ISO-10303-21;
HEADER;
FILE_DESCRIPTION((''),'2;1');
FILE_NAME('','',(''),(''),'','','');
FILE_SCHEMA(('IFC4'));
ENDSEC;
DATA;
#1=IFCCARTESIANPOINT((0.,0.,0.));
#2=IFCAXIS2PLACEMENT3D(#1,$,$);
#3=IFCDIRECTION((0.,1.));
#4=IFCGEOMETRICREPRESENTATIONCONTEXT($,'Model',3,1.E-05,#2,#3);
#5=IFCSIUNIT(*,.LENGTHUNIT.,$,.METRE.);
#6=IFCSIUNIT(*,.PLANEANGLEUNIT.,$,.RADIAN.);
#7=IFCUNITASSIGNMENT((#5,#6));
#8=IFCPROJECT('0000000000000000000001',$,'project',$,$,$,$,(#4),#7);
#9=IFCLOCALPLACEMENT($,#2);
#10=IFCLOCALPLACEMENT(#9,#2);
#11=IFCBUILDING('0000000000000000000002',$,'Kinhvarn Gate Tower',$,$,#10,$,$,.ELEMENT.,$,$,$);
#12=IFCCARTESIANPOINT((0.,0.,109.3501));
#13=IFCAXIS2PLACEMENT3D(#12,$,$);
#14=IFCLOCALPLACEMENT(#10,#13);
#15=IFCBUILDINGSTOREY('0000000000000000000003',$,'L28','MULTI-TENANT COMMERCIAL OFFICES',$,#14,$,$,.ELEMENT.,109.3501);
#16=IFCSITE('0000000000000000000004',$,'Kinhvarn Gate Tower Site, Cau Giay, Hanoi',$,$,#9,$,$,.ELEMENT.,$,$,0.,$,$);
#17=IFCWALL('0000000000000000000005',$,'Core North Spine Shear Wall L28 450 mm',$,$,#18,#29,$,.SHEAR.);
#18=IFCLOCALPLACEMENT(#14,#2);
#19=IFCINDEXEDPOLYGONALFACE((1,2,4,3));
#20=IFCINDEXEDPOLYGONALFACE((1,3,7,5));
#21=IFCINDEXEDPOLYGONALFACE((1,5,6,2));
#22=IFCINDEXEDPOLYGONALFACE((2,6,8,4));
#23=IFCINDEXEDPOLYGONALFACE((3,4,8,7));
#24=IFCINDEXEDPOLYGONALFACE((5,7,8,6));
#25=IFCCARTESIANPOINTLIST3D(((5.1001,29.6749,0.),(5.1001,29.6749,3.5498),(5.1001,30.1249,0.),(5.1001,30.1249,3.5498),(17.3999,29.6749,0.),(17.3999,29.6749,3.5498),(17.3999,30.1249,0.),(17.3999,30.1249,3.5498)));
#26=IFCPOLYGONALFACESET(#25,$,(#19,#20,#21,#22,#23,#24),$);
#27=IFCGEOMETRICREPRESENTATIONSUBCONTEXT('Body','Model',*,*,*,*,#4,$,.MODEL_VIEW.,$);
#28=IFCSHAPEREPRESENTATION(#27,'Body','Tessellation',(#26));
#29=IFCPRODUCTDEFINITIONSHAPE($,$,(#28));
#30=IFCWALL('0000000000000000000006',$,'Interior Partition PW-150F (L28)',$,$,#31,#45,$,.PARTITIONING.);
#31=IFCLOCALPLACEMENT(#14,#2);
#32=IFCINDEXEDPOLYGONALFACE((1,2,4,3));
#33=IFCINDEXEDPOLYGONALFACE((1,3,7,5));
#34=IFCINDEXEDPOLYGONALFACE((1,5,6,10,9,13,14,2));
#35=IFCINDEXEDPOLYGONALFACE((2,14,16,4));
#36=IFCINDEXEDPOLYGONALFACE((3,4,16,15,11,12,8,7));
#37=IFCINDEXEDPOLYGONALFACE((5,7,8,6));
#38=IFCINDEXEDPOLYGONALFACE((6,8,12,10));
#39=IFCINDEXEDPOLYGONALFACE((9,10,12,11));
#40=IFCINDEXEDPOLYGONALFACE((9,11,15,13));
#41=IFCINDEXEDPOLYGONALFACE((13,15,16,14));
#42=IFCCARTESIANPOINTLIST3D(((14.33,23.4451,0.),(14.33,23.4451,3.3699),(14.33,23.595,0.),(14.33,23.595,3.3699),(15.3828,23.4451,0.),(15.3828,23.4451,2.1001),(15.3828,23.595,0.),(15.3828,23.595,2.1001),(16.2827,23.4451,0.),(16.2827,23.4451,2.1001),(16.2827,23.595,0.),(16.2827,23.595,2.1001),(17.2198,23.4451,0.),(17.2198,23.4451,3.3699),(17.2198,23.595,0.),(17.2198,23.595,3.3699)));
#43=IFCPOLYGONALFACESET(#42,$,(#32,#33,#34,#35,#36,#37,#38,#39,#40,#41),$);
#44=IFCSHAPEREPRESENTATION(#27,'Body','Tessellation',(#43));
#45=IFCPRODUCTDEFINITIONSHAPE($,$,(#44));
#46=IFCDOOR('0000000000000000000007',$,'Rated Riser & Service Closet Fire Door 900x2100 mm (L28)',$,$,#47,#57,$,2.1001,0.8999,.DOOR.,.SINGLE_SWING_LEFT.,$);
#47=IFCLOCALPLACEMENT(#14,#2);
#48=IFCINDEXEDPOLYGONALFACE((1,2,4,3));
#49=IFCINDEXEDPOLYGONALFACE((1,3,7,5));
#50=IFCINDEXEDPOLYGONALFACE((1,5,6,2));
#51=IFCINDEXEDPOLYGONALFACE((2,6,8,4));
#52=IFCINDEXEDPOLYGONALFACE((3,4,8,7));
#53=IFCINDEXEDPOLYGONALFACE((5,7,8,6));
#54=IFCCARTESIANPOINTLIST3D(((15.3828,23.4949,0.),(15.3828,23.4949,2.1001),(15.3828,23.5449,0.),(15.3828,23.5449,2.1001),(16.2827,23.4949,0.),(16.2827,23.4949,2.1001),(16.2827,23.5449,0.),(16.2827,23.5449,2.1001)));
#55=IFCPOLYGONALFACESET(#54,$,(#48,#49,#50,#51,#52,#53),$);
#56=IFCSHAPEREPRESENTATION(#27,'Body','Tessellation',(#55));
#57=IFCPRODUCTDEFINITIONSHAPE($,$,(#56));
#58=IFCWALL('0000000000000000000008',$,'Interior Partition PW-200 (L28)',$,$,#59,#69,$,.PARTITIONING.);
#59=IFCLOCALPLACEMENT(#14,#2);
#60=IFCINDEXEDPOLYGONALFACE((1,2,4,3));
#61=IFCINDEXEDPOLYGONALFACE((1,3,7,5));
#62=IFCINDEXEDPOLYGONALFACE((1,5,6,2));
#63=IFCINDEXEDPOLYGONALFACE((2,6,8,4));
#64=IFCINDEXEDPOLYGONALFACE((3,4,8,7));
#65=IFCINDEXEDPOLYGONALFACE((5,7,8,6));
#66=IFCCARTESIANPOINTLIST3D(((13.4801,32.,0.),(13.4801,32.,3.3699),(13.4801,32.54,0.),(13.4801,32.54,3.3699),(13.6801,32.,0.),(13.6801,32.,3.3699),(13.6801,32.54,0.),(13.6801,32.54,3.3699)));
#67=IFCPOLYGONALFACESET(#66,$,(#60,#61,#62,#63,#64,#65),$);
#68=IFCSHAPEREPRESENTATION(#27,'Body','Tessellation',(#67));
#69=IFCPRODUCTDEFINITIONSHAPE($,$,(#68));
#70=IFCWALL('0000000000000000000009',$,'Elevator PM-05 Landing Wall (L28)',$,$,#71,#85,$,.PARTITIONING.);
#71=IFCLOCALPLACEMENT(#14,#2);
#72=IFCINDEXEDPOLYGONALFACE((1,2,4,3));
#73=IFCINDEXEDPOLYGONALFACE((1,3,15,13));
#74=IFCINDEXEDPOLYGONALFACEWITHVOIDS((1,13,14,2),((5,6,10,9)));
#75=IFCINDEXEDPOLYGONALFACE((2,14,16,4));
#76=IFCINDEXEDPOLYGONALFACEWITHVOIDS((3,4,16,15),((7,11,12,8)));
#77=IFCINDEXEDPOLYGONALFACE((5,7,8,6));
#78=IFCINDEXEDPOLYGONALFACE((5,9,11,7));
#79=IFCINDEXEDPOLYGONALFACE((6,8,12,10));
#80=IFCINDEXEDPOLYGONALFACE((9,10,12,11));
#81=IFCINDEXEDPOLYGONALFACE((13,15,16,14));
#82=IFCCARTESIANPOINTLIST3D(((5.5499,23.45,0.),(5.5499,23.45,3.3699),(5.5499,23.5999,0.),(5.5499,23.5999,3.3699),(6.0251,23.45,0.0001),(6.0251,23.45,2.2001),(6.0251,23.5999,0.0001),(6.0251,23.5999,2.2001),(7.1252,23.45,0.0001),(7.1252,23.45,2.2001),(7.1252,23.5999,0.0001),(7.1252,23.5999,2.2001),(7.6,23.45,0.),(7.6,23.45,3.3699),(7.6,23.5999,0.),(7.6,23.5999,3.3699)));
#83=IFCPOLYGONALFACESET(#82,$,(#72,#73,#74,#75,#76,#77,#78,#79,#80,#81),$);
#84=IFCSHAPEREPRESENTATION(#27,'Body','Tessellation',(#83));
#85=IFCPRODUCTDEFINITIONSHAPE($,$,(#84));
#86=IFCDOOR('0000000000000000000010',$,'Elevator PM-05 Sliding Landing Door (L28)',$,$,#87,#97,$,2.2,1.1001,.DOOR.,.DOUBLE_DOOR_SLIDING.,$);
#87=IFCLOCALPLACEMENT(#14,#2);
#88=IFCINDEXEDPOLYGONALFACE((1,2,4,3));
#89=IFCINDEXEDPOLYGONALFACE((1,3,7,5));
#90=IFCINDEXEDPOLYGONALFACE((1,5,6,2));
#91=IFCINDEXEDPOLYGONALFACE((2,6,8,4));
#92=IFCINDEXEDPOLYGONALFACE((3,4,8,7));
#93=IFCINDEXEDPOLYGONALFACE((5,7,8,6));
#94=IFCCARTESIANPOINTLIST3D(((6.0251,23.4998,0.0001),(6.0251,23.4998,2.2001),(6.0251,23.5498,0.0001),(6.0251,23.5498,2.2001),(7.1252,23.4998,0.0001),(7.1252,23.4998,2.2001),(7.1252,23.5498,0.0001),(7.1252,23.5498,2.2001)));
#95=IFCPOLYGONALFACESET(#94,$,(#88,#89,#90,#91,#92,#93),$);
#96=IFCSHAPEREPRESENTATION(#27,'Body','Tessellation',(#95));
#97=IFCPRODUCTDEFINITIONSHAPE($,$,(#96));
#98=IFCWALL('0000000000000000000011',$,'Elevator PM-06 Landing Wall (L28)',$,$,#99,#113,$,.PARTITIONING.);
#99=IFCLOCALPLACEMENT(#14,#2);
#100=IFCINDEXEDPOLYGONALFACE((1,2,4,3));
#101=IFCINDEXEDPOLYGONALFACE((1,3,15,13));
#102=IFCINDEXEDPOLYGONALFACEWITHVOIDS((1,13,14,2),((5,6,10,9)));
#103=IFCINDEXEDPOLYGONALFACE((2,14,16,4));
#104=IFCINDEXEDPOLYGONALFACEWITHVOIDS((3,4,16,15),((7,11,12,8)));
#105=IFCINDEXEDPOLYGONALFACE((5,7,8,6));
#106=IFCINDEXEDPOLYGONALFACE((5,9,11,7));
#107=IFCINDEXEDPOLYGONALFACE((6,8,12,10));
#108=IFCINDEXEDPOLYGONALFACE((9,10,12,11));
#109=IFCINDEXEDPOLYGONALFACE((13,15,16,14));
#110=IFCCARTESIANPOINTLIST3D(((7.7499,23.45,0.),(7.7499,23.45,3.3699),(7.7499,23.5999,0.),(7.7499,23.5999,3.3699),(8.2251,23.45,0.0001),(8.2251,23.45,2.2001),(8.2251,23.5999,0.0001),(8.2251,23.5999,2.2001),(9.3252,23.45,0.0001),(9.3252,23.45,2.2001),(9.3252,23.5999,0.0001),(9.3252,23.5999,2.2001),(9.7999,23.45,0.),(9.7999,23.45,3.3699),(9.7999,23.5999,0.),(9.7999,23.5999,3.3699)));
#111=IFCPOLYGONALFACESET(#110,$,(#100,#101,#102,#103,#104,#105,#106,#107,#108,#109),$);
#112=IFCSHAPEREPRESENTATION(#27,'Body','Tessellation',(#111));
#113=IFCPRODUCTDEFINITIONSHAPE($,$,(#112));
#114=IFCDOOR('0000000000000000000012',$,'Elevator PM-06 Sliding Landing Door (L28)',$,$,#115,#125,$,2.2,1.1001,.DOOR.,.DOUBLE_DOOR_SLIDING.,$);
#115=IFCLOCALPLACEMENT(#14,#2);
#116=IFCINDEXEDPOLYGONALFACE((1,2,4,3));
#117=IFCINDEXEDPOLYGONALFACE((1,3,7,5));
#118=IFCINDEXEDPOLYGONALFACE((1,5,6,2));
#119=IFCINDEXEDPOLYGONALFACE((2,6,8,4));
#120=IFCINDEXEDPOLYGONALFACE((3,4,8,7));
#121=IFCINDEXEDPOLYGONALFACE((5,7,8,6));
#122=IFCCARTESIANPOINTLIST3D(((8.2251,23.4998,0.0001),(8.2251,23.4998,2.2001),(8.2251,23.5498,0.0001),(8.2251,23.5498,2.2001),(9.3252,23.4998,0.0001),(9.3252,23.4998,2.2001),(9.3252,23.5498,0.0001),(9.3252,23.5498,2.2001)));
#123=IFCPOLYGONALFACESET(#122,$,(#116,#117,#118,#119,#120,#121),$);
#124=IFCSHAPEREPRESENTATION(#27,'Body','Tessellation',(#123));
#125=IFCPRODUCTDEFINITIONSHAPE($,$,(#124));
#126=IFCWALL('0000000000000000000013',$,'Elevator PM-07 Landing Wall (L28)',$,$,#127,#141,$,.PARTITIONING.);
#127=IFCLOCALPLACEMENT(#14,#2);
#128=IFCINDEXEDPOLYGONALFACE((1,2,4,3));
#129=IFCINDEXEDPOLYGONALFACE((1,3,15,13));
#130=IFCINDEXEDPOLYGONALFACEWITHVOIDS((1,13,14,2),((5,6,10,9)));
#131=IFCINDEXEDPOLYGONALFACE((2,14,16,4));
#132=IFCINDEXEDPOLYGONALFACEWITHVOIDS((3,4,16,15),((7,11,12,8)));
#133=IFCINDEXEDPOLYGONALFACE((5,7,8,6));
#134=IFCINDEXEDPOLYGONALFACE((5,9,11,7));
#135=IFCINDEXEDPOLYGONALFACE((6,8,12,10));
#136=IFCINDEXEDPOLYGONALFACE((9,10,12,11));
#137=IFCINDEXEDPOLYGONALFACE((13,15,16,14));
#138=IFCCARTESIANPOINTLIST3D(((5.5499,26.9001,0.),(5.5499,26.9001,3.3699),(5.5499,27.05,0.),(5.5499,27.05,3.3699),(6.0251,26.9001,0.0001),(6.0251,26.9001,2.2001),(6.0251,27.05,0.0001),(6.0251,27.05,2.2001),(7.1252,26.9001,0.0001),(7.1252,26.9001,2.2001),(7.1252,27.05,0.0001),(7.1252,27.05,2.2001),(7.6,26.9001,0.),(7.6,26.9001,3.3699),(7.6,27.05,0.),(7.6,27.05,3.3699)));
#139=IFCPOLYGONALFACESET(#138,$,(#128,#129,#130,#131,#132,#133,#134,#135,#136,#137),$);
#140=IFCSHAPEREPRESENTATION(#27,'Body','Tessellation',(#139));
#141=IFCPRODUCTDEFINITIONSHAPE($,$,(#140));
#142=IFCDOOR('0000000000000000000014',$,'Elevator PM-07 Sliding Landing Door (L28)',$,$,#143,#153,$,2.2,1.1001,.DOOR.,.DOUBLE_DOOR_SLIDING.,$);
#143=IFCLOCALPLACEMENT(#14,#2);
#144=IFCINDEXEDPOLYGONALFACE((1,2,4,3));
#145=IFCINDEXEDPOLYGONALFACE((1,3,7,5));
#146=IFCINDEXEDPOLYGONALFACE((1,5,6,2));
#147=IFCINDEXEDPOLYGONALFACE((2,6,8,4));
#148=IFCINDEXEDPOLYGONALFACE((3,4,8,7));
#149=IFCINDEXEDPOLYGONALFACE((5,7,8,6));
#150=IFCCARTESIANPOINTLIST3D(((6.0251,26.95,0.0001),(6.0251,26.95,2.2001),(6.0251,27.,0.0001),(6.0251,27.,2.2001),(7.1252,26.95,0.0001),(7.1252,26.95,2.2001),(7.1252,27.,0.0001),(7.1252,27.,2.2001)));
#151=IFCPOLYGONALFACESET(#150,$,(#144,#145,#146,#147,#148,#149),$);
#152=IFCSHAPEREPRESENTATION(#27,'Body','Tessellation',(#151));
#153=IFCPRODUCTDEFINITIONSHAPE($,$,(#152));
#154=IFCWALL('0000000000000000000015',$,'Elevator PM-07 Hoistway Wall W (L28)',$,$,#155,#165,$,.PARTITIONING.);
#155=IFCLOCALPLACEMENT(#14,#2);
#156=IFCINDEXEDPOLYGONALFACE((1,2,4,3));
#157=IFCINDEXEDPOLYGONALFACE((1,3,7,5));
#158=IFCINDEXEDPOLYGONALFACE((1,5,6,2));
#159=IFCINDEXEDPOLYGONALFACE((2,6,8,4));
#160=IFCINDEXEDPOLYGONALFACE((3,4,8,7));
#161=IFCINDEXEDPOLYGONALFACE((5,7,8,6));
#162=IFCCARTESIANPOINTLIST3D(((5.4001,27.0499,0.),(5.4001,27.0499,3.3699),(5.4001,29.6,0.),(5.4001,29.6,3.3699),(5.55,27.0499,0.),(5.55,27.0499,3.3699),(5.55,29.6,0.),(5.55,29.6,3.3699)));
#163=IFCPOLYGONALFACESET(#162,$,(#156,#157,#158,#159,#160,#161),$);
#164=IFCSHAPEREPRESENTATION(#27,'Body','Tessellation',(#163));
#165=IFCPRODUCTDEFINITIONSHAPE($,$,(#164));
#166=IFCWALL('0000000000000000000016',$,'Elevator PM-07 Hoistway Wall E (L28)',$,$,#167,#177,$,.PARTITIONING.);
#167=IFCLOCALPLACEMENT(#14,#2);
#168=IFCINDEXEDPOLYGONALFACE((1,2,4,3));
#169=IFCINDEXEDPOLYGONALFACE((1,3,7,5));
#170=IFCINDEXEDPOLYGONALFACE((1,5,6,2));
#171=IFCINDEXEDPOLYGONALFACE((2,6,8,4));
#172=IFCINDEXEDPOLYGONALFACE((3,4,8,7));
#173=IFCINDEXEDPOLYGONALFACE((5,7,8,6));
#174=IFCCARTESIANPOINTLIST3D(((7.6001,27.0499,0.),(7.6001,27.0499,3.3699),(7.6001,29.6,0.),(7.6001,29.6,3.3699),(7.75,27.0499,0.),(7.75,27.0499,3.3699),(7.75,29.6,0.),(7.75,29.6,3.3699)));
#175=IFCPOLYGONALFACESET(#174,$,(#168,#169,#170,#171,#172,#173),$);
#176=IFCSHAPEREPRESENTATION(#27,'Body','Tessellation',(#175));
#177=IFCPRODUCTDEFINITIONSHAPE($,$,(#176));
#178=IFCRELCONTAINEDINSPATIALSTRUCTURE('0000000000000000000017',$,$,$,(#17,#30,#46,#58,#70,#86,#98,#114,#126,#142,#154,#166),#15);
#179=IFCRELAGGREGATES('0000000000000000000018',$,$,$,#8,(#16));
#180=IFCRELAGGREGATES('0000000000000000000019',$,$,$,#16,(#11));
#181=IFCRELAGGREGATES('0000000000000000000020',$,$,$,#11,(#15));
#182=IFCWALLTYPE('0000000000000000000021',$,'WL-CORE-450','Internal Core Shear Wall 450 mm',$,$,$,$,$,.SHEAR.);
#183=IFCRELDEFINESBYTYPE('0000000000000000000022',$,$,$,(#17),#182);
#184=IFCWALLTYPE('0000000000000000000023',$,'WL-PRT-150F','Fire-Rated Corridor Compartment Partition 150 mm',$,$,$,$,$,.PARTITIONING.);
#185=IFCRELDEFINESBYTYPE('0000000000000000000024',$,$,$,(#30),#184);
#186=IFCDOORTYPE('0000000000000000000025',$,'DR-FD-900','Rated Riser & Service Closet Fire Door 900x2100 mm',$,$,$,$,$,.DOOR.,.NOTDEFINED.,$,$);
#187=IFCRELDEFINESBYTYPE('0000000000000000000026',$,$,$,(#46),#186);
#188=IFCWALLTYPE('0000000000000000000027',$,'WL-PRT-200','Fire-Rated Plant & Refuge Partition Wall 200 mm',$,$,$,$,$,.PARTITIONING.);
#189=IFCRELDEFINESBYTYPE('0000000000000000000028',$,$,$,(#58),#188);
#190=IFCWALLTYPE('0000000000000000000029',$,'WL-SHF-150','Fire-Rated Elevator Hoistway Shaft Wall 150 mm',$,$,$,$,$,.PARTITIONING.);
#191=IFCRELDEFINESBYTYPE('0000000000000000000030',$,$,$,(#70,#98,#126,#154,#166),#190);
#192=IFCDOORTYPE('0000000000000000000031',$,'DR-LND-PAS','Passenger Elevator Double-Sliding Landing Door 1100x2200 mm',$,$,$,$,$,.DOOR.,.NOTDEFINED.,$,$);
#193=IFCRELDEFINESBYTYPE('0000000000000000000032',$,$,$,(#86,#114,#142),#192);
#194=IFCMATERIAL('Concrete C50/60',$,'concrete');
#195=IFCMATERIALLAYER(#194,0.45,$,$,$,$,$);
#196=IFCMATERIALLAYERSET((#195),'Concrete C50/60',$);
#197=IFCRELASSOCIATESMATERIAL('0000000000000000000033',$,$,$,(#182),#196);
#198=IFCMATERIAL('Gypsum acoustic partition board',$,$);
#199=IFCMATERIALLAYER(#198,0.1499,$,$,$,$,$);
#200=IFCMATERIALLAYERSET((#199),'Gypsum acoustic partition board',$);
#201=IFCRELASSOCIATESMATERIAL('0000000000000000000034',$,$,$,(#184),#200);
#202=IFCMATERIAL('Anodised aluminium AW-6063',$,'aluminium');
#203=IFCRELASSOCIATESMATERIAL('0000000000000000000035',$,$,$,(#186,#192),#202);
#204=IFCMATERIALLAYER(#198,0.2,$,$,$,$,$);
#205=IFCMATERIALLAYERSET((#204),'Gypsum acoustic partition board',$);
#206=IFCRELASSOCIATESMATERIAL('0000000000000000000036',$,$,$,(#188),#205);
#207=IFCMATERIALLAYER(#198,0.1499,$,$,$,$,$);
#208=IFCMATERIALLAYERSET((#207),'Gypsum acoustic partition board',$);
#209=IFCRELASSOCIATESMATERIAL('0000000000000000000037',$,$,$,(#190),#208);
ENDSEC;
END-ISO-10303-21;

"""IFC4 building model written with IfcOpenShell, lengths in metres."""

from ifc_helpers import new_model, si_unit, direction, frame, frame_2d, origin, place, context, subcontext, project, spatial, rectangle, extrude, material, layer, layer_set, type_object, element, fill, save


model = new_model("IFC4")

# Units and contexts
model_context = context("Model", 3, precision=1e-05, world=origin(), true_north=direction((0.0, 1.0)))
body_context = subcontext(model_context, "Body", "Model", "MODEL_VIEW")
ifc_project = project(units=[si_unit("LENGTHUNIT", "METRE"), si_unit("PLANEANGLEUNIT", "RADIAN")], contexts=[model_context])

# Site, building, storey
site_placement = place(None, origin())
site = spatial("IfcSite", under=ifc_project, at=site_placement, Name="Kinhvarn Gate Tower Site, Cau Giay, Hanoi", CompositionType="ELEMENT", RefElevation=0.0)
building_placement = place(site_placement, origin())
building = spatial("IfcBuilding", under=site, at=building_placement, Name="Kinhvarn Gate Tower", CompositionType="ELEMENT")
storey_placement = place(building_placement, frame((0.0, 0.0, 109.3501)))
storey = spatial("IfcBuildingStorey", under=building, at=storey_placement, Name="L28", Description="MULTI-TENANT COMMERCIAL OFFICES", CompositionType="ELEMENT", Elevation=109.3501)

# Wall
ifc_material_1 = material(Name="Concrete C50/60", Category="concrete")
ifc_layer_1 = layer(ifc_material_1, 0.45)
ifc_layer_set_1 = layer_set([ifc_layer_1], Name="Concrete C50/60")
wall_type_1 = type_object("IfcWallType", Name="WL-CORE-450", Description="Internal Core Shear Wall 450 mm", PredefinedType="SHEAR", material=ifc_layer_set_1)
wall_1_placement = place(storey_placement, frame((5.1001, 29.8999, 0.0), z_axis=(0.0, 0.0, 1.0), x_axis=(1.0, 0.0, 0.0)))
element("IfcWall", 1, at=wall_1_placement, inside=storey, type_object=wall_type_1, Name="Core North Spine Shear Wall L28 450 mm", PredefinedType="SHEAR", context=body_context, shape_type="SweptSolid", body=[
    extrude(rectangle(XDim=12.2998, YDim=0.45, at=frame_2d((6.1499, 0.0))), origin(), (0.0, 0.0, 1.0), 3.5498),
])

# Wall, opening, door
ifc_material_2 = material(Name="Gypsum acoustic partition board")
ifc_layer_2 = layer(ifc_material_2, 0.1499)
ifc_layer_set_2 = layer_set([ifc_layer_2], Name="Gypsum acoustic partition board")
wall_type_2 = type_object("IfcWallType", Name="WL-PRT-150F", Description="Fire-Rated Corridor Compartment Partition 150 mm", PredefinedType="PARTITIONING", material=ifc_layer_set_2)
wall_2_placement = place(storey_placement, frame((14.3301, 23.52, 0.0), z_axis=(0.0, 0.0, 1.0), x_axis=(1.0, 0.0, 0.0)))
wall_2 = element("IfcWall", 2, at=wall_2_placement, inside=storey, type_object=wall_type_2, Name="Interior Partition PW-150F (L28)", PredefinedType="PARTITIONING", context=body_context, shape_type="SweptSolid", body=[
    extrude(rectangle(XDim=2.8899, YDim=0.1499, at=frame_2d((1.4448, 0.0))), origin(), (0.0, 0.0, 1.0), 3.3699),
])
opening_1_placement = place(wall_2_placement, frame((1.0527, 0.0, 0.0)))
opening_1 = element("IfcOpeningElement", 3, at=opening_1_placement, cuts=wall_2, PredefinedType="OPENING", context=body_context, shape_type="SweptSolid", body=[
    extrude(rectangle(XDim=0.8999, YDim=2.1001, at=frame_2d((0.45, 1.05))), frame((0.0, 0.085, 0.0), z_axis=(0.0, -1.0, 0.0), x_axis=(1.0, 0.0, 0.0)), (0.0, 0.0, 1.0), 0.1699),
])
ifc_material_3 = material(Name="Anodised aluminium AW-6063", Category="aluminium")
door_type_1 = type_object("IfcDoorType", Name="DR-FD-900", Description="Rated Riser & Service Closet Fire Door 900x2100 mm", OperationType="NOTDEFINED", PredefinedType="DOOR", material=ifc_material_3)
door_1_placement = place(opening_1_placement, origin())
door_1 = element("IfcDoor", 4, at=door_1_placement, inside=storey, type_object=door_type_1, Name="Rated Riser & Service Closet Fire Door 900x2100 mm (L28)", OperationType="SINGLE_SWING_LEFT", OverallHeight=2.1001, OverallWidth=0.8999, PredefinedType="DOOR", context=body_context, shape_type="SweptSolid", body=[
    extrude(rectangle(XDim=0.8999, YDim=2.1001, at=frame_2d((0.45, 1.05))), frame((0.0, 0.0249, 0.0), z_axis=(0.0, -1.0, 0.0), x_axis=(1.0, 0.0, 0.0)), (0.0, 0.0, 1.0), 0.05),
])
fill(opening_1, door_1)

# Wall
ifc_layer_3 = layer(ifc_material_2, 0.2)
ifc_layer_set_3 = layer_set([ifc_layer_3], Name="Gypsum acoustic partition board")
wall_type_3 = type_object("IfcWallType", Name="WL-PRT-200", Description="Fire-Rated Plant & Refuge Partition Wall 200 mm", PredefinedType="PARTITIONING", material=ifc_layer_set_3)
wall_3_placement = place(storey_placement, frame((13.5801, 32.0, 0.0), z_axis=(0.0, 0.0, 1.0), x_axis=(0.0, 1.0, 0.0)))
element("IfcWall", 5, at=wall_3_placement, inside=storey, type_object=wall_type_3, Name="Interior Partition PW-200 (L28)", PredefinedType="PARTITIONING", context=body_context, shape_type="SweptSolid", body=[
    extrude(rectangle(XDim=0.54, YDim=0.2, at=frame_2d((0.27, 0.0))), origin(), (0.0, 0.0, 1.0), 3.3699),
])

# Walls, openings, doors
ifc_layer_4 = layer(ifc_material_2, 0.1499)
ifc_layer_set_4 = layer_set([ifc_layer_4], Name="Gypsum acoustic partition board")
wall_type_4 = type_object("IfcWallType", Name="WL-SHF-150", Description="Fire-Rated Elevator Hoistway Shaft Wall 150 mm", PredefinedType="PARTITIONING", material=ifc_layer_set_4)
wall_4_placement = place(storey_placement, frame((5.55, 23.5249, 0.0), z_axis=(0.0, 0.0, 1.0), x_axis=(1.0, 0.0, 0.0)))
wall_4 = element("IfcWall", 6, at=wall_4_placement, inside=storey, type_object=wall_type_4, Name="Elevator PM-05 Landing Wall (L28)", PredefinedType="PARTITIONING", context=body_context, shape_type="SweptSolid", body=[
    extrude(rectangle(XDim=2.05, YDim=0.1499, at=frame_2d((1.0249, 0.0))), origin(), (0.0, 0.0, 1.0), 3.3699),
])
opening_2_placement = place(wall_4_placement, frame((0.4751, 0.0, 0.0)))
opening_2 = element("IfcOpeningElement", 7, at=opening_2_placement, cuts=wall_4, PredefinedType="OPENING", context=body_context, shape_type="SweptSolid", body=[
    extrude(rectangle(XDim=1.1001, YDim=2.2, at=frame_2d((0.55, 1.1001))), frame((0.0, 0.085, 0.0), z_axis=(0.0, -1.0, 0.0), x_axis=(1.0, 0.0, 0.0)), (0.0, 0.0, 1.0), 0.1699),
])
door_type_2 = type_object("IfcDoorType", Name="DR-LND-PAS", Description="Passenger Elevator Double-Sliding Landing Door 1100x2200 mm", OperationType="NOTDEFINED", PredefinedType="DOOR", material=ifc_material_3)
door_2_placement = place(opening_2_placement, origin())
door_2 = element("IfcDoor", 8, at=door_2_placement, inside=storey, type_object=door_type_2, Name="Elevator PM-05 Sliding Landing Door (L28)", OperationType="DOUBLE_DOOR_SLIDING", OverallHeight=2.2, OverallWidth=1.1001, PredefinedType="DOOR", context=body_context, shape_type="SweptSolid", body=[
    extrude(rectangle(XDim=1.1001, YDim=2.2, at=frame_2d((0.55, 1.1001))), frame((0.0, 0.0249, 0.0), z_axis=(0.0, -1.0, 0.0), x_axis=(1.0, 0.0, 0.0)), (0.0, 0.0, 1.0), 0.05),
])
fill(opening_2, door_2)
wall_5_placement = place(storey_placement, frame((7.75, 23.5249, 0.0), z_axis=(0.0, 0.0, 1.0), x_axis=(1.0, 0.0, 0.0)))
wall_5 = element("IfcWall", 9, at=wall_5_placement, inside=storey, type_object=wall_type_4, Name="Elevator PM-06 Landing Wall (L28)", PredefinedType="PARTITIONING", context=body_context, shape_type="SweptSolid", body=[
    extrude(rectangle(XDim=2.05, YDim=0.1499, at=frame_2d((1.0249, 0.0))), origin(), (0.0, 0.0, 1.0), 3.3699),
])
opening_3_placement = place(wall_5_placement, frame((0.4751, 0.0, 0.0)))
opening_3 = element("IfcOpeningElement", 10, at=opening_3_placement, cuts=wall_5, PredefinedType="OPENING", context=body_context, shape_type="SweptSolid", body=[
    extrude(rectangle(XDim=1.1001, YDim=2.2, at=frame_2d((0.55, 1.1001))), frame((0.0, 0.085, 0.0), z_axis=(0.0, -1.0, 0.0), x_axis=(1.0, 0.0, 0.0)), (0.0, 0.0, 1.0), 0.1699),
])
door_3_placement = place(opening_3_placement, origin())
door_3 = element("IfcDoor", 11, at=door_3_placement, inside=storey, type_object=door_type_2, Name="Elevator PM-06 Sliding Landing Door (L28)", OperationType="DOUBLE_DOOR_SLIDING", OverallHeight=2.2, OverallWidth=1.1001, PredefinedType="DOOR", context=body_context, shape_type="SweptSolid", body=[
    extrude(rectangle(XDim=1.1001, YDim=2.2, at=frame_2d((0.55, 1.1001))), frame((0.0, 0.0249, 0.0), z_axis=(0.0, -1.0, 0.0), x_axis=(1.0, 0.0, 0.0)), (0.0, 0.0, 1.0), 0.05),
])
fill(opening_3, door_3)
wall_6_placement = place(storey_placement, frame((5.55, 26.9751, 0.0), z_axis=(0.0, 0.0, 1.0), x_axis=(1.0, 0.0, 0.0)))
wall_6 = element("IfcWall", 12, at=wall_6_placement, inside=storey, type_object=wall_type_4, Name="Elevator PM-07 Landing Wall (L28)", PredefinedType="PARTITIONING", context=body_context, shape_type="SweptSolid", body=[
    extrude(rectangle(XDim=2.05, YDim=0.1499, at=frame_2d((1.0249, 0.0))), origin(), (0.0, 0.0, 1.0), 3.3699),
])
opening_4_placement = place(wall_6_placement, frame((0.4751, 0.0, 0.0)))
opening_4 = element("IfcOpeningElement", 13, at=opening_4_placement, cuts=wall_6, PredefinedType="OPENING", context=body_context, shape_type="SweptSolid", body=[
    extrude(rectangle(XDim=1.1001, YDim=2.2, at=frame_2d((0.55, 1.1001))), frame((0.0, 0.085, 0.0), z_axis=(0.0, -1.0, 0.0), x_axis=(1.0, 0.0, 0.0)), (0.0, 0.0, 1.0), 0.1699),
])
door_4_placement = place(opening_4_placement, origin())
door_4 = element("IfcDoor", 14, at=door_4_placement, inside=storey, type_object=door_type_2, Name="Elevator PM-07 Sliding Landing Door (L28)", OperationType="DOUBLE_DOOR_SLIDING", OverallHeight=2.2, OverallWidth=1.1001, PredefinedType="DOOR", context=body_context, shape_type="SweptSolid", body=[
    extrude(rectangle(XDim=1.1001, YDim=2.2, at=frame_2d((0.55, 1.1001))), frame((0.0, 0.0249, 0.0), z_axis=(0.0, -1.0, 0.0), x_axis=(1.0, 0.0, 0.0)), (0.0, 0.0, 1.0), 0.05),
])
fill(opening_4, door_4)

# Walls
for number, where, z_axis, x_axis, name in (
    (15, (5.4751, 27.05, 0.0), (0.0, 0.0, 1.0), (0.0, 1.0, 0.0), "Elevator PM-07 Hoistway Wall W (L28)"),
    (16, (7.675, 27.05, 0.0), (0.0, 0.0, 1.0), (0.0, 1.0, 0.0), "Elevator PM-07 Hoistway Wall E (L28)"),
):
    element("IfcWall", number, at=place(storey_placement, frame(where, z_axis=z_axis, x_axis=x_axis)), inside=storey, type_object=wall_type_4, Name=name, PredefinedType="PARTITIONING", context=body_context, shape_type="SweptSolid", body=[
        extrude(rectangle(XDim=2.55, YDim=0.1499, at=frame_2d((1.2749, 0.0))), origin(), (0.0, 0.0, 1.0), 3.3699),
    ])

save(model, "model.ifc")
